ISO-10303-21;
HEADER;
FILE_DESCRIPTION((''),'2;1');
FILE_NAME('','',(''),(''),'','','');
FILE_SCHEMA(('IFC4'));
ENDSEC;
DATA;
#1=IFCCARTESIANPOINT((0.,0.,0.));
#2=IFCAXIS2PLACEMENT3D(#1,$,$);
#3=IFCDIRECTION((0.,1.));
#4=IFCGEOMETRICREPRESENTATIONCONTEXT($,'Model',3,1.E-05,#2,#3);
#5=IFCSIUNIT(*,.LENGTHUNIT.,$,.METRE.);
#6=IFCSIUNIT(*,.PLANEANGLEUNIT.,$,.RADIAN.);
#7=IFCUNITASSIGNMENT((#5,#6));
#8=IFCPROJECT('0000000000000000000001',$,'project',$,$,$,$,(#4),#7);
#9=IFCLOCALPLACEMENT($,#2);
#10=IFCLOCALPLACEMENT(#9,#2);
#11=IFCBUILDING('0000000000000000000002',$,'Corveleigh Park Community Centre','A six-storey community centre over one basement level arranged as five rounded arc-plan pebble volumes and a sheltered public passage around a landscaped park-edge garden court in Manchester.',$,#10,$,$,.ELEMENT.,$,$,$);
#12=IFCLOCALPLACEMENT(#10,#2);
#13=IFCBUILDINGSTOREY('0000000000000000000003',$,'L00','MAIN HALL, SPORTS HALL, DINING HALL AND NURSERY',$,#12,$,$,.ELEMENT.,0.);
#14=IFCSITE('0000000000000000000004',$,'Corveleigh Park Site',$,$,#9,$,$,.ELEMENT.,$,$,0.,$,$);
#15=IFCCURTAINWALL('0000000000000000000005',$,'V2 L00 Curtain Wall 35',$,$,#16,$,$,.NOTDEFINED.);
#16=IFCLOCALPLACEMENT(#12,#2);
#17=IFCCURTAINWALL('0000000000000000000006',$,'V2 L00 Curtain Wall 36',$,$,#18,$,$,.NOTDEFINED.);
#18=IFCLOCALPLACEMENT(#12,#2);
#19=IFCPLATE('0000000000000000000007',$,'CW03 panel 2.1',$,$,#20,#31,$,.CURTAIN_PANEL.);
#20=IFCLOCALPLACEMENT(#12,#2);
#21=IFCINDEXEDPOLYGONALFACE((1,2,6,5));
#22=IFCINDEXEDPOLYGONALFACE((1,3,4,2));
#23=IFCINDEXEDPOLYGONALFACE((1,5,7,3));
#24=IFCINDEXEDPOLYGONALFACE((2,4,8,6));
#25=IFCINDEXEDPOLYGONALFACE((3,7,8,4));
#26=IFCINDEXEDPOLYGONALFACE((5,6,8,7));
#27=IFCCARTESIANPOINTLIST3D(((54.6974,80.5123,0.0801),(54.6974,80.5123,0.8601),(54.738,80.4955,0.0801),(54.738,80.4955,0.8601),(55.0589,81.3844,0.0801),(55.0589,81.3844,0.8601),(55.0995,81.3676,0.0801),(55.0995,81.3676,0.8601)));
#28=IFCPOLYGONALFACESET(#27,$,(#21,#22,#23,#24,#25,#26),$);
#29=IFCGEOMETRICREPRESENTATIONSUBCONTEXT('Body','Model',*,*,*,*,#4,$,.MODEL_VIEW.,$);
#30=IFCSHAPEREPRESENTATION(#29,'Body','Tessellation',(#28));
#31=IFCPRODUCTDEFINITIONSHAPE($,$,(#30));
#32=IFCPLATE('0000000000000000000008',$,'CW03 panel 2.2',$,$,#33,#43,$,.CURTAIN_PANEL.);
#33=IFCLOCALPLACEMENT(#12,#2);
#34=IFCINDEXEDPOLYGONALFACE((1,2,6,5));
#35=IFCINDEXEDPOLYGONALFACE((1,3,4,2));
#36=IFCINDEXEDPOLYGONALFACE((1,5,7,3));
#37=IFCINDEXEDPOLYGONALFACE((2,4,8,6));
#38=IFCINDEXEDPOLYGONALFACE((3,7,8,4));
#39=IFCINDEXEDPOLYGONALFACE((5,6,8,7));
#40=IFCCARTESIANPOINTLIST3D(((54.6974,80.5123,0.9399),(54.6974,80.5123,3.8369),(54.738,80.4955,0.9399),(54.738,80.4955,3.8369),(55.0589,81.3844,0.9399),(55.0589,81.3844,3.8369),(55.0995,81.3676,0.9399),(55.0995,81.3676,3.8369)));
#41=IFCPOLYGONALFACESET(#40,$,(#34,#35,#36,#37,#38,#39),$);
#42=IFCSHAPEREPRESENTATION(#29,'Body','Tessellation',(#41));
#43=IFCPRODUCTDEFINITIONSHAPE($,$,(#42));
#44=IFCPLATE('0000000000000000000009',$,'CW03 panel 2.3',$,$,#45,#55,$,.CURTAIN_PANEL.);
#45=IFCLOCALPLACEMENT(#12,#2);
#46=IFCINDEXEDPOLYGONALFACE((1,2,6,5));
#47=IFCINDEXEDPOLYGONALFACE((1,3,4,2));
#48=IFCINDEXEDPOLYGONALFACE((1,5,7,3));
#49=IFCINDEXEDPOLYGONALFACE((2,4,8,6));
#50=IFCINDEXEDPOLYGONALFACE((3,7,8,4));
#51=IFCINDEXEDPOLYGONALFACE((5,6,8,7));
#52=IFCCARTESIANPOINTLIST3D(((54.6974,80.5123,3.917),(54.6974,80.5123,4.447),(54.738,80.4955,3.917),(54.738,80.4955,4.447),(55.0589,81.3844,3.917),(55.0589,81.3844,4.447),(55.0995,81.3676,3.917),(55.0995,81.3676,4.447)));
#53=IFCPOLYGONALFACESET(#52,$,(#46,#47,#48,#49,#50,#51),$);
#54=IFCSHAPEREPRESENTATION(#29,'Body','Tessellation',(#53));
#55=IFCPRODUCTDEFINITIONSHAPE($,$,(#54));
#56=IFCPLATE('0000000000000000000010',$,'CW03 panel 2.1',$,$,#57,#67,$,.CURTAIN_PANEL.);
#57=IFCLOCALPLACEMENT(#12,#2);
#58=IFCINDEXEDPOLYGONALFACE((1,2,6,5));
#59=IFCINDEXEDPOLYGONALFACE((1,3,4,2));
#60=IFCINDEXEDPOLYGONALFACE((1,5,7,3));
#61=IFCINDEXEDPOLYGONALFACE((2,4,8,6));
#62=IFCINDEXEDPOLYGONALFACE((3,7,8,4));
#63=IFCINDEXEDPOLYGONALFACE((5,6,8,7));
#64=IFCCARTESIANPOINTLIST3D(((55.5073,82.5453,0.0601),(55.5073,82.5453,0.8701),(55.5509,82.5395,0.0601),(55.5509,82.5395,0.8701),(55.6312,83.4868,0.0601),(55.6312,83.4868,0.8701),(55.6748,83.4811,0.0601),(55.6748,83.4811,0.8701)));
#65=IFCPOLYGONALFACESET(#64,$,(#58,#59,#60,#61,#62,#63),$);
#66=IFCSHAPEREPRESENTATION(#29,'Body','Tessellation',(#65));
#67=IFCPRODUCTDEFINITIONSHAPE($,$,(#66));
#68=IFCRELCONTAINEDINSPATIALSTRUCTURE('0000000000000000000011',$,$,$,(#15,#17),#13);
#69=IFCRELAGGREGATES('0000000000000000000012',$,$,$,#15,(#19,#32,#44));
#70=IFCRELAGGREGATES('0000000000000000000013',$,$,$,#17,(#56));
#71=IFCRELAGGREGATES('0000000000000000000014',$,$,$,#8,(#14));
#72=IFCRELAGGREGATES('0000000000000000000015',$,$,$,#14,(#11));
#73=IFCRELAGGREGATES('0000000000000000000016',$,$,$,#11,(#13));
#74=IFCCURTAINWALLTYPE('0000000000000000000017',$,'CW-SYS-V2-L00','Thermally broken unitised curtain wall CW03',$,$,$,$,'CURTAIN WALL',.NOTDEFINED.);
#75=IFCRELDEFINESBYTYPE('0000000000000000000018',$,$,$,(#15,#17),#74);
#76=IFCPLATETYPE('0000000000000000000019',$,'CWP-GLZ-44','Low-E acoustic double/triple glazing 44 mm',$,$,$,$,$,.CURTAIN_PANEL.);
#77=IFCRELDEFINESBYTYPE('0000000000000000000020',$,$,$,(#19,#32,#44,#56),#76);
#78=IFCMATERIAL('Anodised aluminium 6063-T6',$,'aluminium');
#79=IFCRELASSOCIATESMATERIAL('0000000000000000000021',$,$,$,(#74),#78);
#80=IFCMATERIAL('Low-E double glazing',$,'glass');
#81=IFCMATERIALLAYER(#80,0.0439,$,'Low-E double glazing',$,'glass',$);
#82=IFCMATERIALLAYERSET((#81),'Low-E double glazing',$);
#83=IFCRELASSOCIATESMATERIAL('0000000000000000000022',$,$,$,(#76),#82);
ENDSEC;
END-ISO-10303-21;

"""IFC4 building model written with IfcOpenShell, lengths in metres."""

from ifc_helpers import new_model, si_unit, direction, frame, origin, origin_2d, place, context, subcontext, project, spatial, rectangle, extrude, material, layer, layer_set, type_object, element, aggregate, save


model = new_model("IFC4")

# Units and contexts
model_context = context("Model", 3, precision=1e-05, world=origin(), true_north=direction((0.0, 1.0)))
body_context = subcontext(model_context, "Body", "Model", "MODEL_VIEW")
ifc_project = project(units=[si_unit("LENGTHUNIT", "METRE"), si_unit("PLANEANGLEUNIT", "RADIAN")], contexts=[model_context])

# Site, building, storey
site_placement = place(None, origin())
site = spatial("IfcSite", under=ifc_project, at=site_placement, Name="Corveleigh Park Site", CompositionType="ELEMENT", RefElevation=0.0)
building_placement = place(site_placement, origin())
building = spatial("IfcBuilding", under=site, at=building_placement, Name="Corveleigh Park Community Centre", Description="A six-storey community centre over one basement level arranged as five rounded arc-plan pebble volumes and a sheltered public passage around a landscaped park-edge garden court in Manchester.", CompositionType="ELEMENT")
storey_placement = place(building_placement, origin())
storey = spatial("IfcBuildingStorey", under=building, at=storey_placement, Name="L00", Description="MAIN HALL, SPORTS HALL, DINING HALL AND NURSERY", CompositionType="ELEMENT", Elevation=0.0)

# Curtain wall
ifc_material_1 = material(Name="Anodised aluminium 6063-T6", Category="aluminium")
curtain_wall_type = type_object("IfcCurtainWallType", Name="CW-SYS-V2-L00", Description="Thermally broken unitised curtain wall CW03", ElementType="CURTAIN WALL", PredefinedType="NOTDEFINED", material=ifc_material_1)
curtain_wall_1_placement = place(storey_placement, origin())
curtain_wall_1 = element("IfcCurtainWall", 1, at=curtain_wall_1_placement, inside=storey, type_object=curtain_wall_type, Name="V2 L00 Curtain Wall 35", PredefinedType="NOTDEFINED")

# Curtain wall
curtain_wall_2_placement = place(storey_placement, origin())
curtain_wall_2 = element("IfcCurtainWall", 2, at=curtain_wall_2_placement, inside=storey, type_object=curtain_wall_type, Name="V2 L00 Curtain Wall 36", PredefinedType="NOTDEFINED")

# Plates
ifc_material_2 = material(Name="Low-E double glazing", Category="glass")
ifc_layer_1 = layer(ifc_material_2, 0.0439, Name="Low-E double glazing", Category="glass")
ifc_layer_set_1 = layer_set([ifc_layer_1], Name="Low-E double glazing")
plate_type_1 = type_object("IfcPlateType", Name="CWP-GLZ-44", Description="Low-E acoustic double/triple glazing 44 mm", PredefinedType="CURTAIN_PANEL", material=ifc_layer_set_1)
plate_1_placement = place(storey_placement, frame((54.8984, 80.9399, 0.0801), z_axis=(0.0, 0.0, 1.0), x_axis=(-0.382947, -0.92377, 0.0)))
plate_1 = element("IfcPlate", 3, at=plate_1_placement, type_object=plate_type_1, Name="CW03 panel 2.1", PredefinedType="CURTAIN_PANEL", context=body_context, shape_type="SweptSolid", body=[
    extrude(rectangle(XDim=0.9441, YDim=0.0439, at=origin_2d()), origin(), (0.0, 0.0, 1.0), 0.78),
])
plate_2_placement = place(storey_placement, frame((54.8984, 80.9399, 0.9399), z_axis=(0.0, 0.0, 1.0), x_axis=(-0.382947, -0.92377, 0.0)))
plate_2 = element("IfcPlate", 4, at=plate_2_placement, type_object=plate_type_1, Name="CW03 panel 2.2", PredefinedType="CURTAIN_PANEL", context=body_context, shape_type="SweptSolid", body=[
    extrude(rectangle(XDim=0.9441, YDim=0.0439, at=origin_2d()), origin(), (0.0, 0.0, 1.0), 2.897),
])
plate_3_placement = place(storey_placement, frame((54.8984, 80.9399, 3.917), z_axis=(0.0, 0.0, 1.0), x_axis=(-0.382947, -0.92377, 0.0)))
plate_3 = element("IfcPlate", 5, at=plate_3_placement, type_object=plate_type_1, Name="CW03 panel 2.3", PredefinedType="CURTAIN_PANEL", context=body_context, shape_type="SweptSolid", body=[
    extrude(rectangle(XDim=0.9441, YDim=0.0439, at=origin_2d()), origin(), (0.0, 0.0, 1.0), 0.53),
])
aggregate(curtain_wall_1, [plate_1, plate_2, plate_3])
plate_4_placement = place(storey_placement, frame((55.5911, 83.0132, 0.0601), z_axis=(0.0, 0.0, 1.0), x_axis=(-0.13043, -0.991457, 0.0)))
plate_4 = element("IfcPlate", 6, at=plate_4_placement, type_object=plate_type_1, Name="CW03 panel 2.1", PredefinedType="CURTAIN_PANEL", context=body_context, shape_type="SweptSolid", body=[
    extrude(rectangle(XDim=0.9497, YDim=0.0439, at=origin_2d()), origin(), (0.0, 0.0, 1.0), 0.8101),
])
aggregate(curtain_wall_2, [plate_4])

save(model, "model.ifc")
